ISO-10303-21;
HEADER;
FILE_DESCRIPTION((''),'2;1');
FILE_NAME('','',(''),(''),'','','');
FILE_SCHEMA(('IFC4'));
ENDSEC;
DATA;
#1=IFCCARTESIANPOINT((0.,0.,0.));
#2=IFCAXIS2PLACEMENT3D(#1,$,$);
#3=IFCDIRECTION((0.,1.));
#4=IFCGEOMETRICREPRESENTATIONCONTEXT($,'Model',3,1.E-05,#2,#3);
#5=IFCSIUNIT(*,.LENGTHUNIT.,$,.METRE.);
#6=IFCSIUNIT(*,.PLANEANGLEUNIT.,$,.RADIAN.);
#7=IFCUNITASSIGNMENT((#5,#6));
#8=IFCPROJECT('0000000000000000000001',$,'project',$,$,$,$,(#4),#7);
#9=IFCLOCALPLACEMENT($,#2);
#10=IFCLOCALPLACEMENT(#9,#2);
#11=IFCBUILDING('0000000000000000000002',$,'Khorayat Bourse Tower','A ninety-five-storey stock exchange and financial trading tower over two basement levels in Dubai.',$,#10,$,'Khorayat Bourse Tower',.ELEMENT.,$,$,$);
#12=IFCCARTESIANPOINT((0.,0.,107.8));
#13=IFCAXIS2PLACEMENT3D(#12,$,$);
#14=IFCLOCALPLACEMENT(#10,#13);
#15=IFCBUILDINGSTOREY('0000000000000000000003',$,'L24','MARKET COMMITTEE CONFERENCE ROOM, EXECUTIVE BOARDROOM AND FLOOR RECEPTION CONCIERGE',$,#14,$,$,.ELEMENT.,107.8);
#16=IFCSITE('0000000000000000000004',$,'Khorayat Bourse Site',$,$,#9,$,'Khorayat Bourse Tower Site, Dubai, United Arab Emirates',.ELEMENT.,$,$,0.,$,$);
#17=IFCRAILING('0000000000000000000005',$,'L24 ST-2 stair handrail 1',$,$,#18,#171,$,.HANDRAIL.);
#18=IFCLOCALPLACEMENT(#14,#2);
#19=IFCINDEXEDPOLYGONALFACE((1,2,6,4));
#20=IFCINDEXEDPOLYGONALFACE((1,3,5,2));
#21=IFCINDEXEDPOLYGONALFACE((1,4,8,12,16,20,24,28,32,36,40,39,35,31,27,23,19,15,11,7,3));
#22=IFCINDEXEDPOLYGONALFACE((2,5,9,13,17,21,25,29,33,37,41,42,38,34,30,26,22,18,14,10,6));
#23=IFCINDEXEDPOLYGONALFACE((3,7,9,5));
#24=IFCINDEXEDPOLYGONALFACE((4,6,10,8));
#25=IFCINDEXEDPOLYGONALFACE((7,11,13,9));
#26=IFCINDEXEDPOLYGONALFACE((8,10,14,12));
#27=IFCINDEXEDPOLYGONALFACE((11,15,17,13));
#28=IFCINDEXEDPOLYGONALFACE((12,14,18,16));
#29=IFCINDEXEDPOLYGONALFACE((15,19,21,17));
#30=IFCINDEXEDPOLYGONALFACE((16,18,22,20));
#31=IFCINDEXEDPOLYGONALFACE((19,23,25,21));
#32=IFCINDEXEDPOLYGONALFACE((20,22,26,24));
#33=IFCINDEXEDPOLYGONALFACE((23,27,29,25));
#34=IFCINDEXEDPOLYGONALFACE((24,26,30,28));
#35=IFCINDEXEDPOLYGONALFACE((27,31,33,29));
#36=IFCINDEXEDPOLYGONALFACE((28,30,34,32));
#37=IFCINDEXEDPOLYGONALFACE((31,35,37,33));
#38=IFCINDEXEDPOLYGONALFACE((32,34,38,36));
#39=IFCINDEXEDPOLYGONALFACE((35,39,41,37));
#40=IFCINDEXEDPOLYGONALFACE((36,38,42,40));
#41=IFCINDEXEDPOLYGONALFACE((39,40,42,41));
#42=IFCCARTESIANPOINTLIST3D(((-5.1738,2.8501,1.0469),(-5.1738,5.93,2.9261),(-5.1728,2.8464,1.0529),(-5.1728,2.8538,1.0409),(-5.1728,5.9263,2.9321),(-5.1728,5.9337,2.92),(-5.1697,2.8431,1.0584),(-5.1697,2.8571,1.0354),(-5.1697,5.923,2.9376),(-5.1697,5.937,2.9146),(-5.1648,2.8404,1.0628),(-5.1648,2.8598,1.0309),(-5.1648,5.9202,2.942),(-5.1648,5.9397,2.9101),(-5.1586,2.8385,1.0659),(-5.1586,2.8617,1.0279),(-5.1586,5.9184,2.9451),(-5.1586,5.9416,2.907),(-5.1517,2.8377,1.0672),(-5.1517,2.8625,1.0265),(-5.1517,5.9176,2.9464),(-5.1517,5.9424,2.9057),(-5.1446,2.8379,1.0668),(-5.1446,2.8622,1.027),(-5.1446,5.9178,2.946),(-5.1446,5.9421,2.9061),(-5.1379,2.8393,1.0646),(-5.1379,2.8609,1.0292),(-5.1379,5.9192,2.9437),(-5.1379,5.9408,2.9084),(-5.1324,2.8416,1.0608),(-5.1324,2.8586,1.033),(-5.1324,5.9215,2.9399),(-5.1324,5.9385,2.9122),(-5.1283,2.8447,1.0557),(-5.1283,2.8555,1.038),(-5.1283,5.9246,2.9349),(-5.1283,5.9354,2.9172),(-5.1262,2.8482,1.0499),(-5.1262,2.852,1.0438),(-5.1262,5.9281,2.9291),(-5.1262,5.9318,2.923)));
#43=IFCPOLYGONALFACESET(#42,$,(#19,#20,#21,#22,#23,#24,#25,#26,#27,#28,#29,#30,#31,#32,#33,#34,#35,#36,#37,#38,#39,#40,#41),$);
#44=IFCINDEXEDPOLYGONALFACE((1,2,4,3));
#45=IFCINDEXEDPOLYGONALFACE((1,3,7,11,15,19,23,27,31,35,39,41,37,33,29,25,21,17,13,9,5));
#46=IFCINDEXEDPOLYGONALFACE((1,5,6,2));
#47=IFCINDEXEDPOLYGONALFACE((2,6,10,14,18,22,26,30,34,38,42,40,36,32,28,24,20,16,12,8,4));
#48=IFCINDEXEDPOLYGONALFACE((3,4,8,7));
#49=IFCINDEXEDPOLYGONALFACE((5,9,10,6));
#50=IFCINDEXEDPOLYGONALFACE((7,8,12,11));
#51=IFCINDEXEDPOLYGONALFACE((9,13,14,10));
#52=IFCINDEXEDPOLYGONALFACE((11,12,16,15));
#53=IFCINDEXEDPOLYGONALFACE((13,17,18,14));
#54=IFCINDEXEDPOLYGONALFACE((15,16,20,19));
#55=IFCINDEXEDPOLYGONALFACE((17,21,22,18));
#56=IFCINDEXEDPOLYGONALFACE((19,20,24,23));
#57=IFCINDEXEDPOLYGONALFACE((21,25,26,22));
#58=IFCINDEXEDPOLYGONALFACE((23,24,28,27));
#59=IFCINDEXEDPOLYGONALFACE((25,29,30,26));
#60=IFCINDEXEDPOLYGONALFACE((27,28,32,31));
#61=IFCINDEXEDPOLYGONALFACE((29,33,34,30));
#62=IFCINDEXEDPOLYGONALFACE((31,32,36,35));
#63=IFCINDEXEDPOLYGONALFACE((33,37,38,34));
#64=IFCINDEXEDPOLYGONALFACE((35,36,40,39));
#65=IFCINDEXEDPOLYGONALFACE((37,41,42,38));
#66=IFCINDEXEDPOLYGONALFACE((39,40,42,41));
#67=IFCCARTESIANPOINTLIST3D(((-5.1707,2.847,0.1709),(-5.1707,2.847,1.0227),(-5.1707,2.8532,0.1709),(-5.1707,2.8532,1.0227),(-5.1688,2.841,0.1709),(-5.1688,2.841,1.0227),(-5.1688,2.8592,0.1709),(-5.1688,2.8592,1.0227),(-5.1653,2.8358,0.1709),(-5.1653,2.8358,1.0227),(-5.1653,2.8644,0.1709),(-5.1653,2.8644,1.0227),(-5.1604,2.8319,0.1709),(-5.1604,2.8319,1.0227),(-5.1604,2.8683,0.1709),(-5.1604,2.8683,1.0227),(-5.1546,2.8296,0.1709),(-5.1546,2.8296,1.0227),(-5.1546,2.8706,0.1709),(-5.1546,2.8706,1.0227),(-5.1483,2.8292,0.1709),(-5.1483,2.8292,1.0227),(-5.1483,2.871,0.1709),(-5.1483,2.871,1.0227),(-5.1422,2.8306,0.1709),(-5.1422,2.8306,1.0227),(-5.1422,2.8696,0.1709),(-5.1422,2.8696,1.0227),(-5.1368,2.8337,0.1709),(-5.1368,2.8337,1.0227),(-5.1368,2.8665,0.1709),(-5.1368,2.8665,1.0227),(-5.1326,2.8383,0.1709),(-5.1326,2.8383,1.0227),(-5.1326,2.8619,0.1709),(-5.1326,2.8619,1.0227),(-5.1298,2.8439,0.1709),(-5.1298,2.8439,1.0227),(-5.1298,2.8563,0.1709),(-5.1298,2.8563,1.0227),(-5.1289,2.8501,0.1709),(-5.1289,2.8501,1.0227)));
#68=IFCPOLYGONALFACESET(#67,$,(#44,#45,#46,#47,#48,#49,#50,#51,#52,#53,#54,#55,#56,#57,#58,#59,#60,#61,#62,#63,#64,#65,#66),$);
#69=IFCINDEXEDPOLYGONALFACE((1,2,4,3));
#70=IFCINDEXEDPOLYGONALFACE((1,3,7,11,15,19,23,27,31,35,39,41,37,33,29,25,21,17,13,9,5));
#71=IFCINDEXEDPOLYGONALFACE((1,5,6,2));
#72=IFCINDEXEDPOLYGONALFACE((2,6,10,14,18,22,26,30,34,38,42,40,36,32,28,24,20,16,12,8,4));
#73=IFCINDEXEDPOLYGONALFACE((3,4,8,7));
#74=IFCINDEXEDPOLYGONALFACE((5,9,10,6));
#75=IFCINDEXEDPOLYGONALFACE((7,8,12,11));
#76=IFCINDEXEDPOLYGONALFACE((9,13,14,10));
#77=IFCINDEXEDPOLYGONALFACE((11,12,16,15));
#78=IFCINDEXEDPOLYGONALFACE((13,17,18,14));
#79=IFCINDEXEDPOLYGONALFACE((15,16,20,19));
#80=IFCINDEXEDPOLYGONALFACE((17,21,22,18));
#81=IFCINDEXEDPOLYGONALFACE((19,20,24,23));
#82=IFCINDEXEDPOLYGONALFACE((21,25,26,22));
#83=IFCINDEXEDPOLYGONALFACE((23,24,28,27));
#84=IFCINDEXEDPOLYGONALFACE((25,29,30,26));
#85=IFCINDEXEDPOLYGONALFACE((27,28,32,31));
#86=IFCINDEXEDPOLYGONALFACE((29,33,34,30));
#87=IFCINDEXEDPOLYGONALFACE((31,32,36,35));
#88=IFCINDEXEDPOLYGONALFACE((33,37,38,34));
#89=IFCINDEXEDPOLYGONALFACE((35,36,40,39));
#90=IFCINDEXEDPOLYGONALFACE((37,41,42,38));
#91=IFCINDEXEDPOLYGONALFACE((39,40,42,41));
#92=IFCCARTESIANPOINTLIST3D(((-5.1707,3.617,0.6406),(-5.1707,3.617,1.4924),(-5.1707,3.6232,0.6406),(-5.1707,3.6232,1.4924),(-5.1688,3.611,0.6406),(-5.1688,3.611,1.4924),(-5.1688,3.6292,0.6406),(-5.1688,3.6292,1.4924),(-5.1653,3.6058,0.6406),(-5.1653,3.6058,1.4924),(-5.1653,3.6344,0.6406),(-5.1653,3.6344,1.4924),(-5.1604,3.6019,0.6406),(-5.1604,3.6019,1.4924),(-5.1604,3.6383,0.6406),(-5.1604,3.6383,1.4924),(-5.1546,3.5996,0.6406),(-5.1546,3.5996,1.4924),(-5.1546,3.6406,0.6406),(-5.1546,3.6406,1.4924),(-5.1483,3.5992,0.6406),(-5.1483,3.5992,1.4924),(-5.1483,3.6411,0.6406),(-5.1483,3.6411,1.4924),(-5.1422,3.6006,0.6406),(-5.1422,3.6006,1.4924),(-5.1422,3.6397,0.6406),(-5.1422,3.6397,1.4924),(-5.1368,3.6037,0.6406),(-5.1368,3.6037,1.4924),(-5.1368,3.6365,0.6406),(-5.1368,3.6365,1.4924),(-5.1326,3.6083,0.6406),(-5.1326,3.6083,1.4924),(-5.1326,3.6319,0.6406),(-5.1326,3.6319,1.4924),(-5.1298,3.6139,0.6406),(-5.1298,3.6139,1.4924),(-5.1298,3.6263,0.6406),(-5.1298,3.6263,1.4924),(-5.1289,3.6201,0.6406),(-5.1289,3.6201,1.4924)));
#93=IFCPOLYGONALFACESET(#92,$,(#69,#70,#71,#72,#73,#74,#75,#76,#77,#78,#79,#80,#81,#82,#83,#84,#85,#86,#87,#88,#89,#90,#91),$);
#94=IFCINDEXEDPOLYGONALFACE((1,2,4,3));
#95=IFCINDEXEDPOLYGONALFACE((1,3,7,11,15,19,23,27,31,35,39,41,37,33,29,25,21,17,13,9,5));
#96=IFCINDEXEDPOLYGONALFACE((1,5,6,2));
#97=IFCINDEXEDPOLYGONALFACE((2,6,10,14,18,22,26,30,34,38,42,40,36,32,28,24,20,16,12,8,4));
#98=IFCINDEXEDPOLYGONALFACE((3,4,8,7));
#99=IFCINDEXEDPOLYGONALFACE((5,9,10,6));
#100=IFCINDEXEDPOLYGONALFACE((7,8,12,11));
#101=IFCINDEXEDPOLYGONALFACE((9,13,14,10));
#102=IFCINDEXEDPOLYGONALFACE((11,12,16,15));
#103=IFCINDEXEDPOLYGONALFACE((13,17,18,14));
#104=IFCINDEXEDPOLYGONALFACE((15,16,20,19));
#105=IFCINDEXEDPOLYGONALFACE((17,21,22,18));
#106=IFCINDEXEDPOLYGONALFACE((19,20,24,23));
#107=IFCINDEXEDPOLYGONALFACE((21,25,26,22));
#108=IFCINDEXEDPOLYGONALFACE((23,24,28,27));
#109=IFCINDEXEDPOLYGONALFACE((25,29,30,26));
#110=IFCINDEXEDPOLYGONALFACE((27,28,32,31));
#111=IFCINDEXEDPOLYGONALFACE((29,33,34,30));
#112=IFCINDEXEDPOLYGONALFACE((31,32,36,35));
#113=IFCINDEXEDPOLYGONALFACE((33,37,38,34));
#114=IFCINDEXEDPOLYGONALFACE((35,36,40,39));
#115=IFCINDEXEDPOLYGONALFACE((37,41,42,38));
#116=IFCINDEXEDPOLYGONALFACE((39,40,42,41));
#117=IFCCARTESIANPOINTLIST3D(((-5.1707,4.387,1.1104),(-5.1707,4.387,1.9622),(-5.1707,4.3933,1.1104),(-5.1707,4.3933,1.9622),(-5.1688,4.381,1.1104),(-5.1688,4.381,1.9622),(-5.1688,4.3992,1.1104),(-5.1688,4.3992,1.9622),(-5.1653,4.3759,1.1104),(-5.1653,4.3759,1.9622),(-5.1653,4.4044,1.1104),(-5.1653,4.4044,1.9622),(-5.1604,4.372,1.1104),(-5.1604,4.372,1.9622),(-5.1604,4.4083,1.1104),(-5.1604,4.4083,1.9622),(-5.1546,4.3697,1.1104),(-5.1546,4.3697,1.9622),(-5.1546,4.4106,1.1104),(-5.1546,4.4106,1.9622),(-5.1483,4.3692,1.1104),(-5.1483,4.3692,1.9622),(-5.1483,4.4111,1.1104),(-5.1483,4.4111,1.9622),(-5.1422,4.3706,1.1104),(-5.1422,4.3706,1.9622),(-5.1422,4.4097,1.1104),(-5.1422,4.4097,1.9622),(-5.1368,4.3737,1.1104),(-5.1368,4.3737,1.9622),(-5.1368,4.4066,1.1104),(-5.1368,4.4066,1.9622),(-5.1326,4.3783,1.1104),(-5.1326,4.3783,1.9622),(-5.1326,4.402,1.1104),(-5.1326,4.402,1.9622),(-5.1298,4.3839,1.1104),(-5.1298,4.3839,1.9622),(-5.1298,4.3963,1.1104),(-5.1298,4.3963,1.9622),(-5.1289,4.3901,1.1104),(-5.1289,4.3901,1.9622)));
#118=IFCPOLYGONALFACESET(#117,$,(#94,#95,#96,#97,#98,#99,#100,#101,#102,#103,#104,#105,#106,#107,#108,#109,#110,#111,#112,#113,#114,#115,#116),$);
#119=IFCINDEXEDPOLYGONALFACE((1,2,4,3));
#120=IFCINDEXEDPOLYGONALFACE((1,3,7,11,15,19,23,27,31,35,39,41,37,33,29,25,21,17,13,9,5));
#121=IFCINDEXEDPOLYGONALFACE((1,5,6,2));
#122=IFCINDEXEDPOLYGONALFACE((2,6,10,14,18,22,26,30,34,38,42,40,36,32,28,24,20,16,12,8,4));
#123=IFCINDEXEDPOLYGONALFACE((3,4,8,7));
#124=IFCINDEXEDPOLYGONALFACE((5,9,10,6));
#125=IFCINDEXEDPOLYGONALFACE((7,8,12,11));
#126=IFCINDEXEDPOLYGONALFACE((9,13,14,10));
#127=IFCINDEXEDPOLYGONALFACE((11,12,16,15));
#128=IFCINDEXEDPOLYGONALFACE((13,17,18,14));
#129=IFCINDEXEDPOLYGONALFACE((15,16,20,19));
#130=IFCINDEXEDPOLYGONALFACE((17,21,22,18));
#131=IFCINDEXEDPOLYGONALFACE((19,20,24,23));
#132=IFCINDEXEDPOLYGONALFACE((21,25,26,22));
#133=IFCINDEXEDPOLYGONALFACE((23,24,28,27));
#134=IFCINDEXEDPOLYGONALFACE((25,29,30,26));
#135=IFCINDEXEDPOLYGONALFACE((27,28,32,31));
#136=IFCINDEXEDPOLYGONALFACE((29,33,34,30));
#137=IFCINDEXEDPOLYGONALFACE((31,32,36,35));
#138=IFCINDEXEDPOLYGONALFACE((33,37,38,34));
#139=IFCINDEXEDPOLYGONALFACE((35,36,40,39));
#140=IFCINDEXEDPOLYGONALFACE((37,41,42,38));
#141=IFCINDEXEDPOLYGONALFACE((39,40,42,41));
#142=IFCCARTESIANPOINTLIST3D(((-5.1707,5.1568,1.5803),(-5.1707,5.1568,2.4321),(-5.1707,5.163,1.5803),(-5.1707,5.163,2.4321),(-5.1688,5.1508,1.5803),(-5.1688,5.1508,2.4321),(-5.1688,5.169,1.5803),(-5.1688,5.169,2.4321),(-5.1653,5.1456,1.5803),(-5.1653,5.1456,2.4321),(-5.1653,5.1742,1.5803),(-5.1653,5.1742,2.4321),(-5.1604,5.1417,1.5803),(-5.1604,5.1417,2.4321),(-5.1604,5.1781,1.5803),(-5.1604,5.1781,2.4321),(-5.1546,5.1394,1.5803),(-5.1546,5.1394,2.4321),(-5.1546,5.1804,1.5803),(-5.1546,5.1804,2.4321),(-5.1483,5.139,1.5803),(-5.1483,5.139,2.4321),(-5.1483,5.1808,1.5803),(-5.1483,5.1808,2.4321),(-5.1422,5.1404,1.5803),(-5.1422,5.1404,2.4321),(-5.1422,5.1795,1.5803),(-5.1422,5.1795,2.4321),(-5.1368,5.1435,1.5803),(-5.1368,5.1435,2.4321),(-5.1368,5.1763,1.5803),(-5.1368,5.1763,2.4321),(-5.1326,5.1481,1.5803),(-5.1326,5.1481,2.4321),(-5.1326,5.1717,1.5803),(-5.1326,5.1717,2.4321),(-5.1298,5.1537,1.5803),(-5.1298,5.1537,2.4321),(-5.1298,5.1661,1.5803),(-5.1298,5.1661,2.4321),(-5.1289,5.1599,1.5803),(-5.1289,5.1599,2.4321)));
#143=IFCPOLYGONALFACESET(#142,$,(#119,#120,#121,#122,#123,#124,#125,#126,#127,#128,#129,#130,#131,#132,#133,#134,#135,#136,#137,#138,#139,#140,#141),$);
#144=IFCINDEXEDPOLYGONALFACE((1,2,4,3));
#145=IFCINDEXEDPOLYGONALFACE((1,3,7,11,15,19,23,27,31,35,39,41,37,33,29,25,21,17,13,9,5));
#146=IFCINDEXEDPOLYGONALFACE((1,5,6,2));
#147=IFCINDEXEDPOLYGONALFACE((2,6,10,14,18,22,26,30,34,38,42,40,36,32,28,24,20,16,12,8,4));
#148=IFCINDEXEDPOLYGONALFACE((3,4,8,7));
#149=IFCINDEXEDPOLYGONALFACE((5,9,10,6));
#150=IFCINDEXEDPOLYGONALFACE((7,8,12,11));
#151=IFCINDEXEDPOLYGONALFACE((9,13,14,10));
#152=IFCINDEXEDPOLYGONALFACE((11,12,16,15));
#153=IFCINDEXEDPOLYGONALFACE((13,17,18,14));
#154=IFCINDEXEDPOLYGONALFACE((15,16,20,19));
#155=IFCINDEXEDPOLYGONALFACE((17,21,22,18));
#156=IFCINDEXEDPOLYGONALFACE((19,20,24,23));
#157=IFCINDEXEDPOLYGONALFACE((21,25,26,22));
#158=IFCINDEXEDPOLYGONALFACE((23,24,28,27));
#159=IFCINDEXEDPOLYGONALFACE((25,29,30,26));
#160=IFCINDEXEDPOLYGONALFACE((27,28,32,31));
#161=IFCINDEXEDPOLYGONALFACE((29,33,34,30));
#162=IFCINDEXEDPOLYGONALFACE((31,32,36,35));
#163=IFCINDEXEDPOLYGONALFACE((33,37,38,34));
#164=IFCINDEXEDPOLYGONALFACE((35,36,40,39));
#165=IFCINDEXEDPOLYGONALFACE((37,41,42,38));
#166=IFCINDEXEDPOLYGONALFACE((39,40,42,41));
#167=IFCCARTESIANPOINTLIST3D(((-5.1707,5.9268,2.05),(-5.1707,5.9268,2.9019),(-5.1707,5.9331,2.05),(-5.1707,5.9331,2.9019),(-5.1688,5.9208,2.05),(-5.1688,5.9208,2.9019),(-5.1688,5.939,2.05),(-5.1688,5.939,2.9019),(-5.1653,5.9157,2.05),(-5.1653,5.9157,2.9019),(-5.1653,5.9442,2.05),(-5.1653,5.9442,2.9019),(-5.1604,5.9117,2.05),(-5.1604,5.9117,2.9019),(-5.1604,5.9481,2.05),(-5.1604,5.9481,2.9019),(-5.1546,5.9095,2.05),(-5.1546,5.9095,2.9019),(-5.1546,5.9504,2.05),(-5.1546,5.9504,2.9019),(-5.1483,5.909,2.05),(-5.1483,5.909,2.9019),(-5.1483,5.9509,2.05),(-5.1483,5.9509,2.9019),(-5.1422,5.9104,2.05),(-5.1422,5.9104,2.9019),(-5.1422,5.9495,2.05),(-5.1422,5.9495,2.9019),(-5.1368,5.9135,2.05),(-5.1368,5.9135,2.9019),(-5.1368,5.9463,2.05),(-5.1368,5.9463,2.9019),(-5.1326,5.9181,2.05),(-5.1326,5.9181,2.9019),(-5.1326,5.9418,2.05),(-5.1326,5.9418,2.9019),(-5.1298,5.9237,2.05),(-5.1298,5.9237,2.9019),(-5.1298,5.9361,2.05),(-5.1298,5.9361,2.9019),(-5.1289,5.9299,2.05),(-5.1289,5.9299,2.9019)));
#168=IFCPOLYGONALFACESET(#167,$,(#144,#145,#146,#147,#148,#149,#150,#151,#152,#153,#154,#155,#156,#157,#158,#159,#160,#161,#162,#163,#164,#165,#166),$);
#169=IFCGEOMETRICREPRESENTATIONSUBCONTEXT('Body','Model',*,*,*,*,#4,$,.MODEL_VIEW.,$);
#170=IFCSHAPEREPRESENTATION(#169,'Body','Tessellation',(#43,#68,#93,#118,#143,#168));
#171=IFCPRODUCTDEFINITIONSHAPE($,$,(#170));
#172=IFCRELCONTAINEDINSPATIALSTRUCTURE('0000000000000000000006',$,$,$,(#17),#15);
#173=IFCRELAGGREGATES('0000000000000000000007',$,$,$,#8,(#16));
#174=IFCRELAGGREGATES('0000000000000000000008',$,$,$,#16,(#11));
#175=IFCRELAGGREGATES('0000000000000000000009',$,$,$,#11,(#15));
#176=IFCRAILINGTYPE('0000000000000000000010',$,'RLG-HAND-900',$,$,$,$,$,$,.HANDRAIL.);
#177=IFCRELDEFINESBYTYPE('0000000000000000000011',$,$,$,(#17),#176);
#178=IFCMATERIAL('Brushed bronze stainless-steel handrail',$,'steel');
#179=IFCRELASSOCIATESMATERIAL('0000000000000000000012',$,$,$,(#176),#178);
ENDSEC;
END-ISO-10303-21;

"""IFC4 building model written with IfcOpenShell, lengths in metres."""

from ifc_helpers import new_model, si_unit, direction, frame, origin, origin_2d, place, context, subcontext, project, spatial, circle, extrude, source, transform, mapped, material, type_object, element, save


model = new_model("IFC4")

# Units and contexts
model_context = context("Model", 3, precision=1e-05, world=origin(), true_north=direction((0.0, 1.0)))
body_context = subcontext(model_context, "Body", "Model", "MODEL_VIEW")
ifc_project = project(units=[si_unit("LENGTHUNIT", "METRE"), si_unit("PLANEANGLEUNIT", "RADIAN")], contexts=[model_context])

# Site, building, storey
site_placement = place(None, origin())
site = spatial("IfcSite", under=ifc_project, at=site_placement, Name="Khorayat Bourse Site", LongName="Khorayat Bourse Tower Site, Dubai, United Arab Emirates", CompositionType="ELEMENT", RefElevation=0.0)
building_placement = place(site_placement, origin())
building = spatial("IfcBuilding", under=site, at=building_placement, Name="Khorayat Bourse Tower", Description="A ninety-five-storey stock exchange and financial trading tower over two basement levels in Dubai.", LongName="Khorayat Bourse Tower", CompositionType="ELEMENT")
storey_placement = place(building_placement, frame((0.0, 0.0, 107.8)))
storey = spatial("IfcBuildingStorey", under=building, at=storey_placement, Name="L24", Description="MARKET COMMITTEE CONFERENCE ROOM, EXECUTIVE BOARDROOM AND FLOOR RECEPTION CONCIERGE", CompositionType="ELEMENT", Elevation=107.8)

# Railing
ifc_material_1 = material(Name="Brushed bronze stainless-steel handrail", Category="steel")
railing_type_1 = type_object("IfcRailingType", Name="RLG-HAND-900", PredefinedType="HANDRAIL", material=ifc_material_1)
shared_shape_1 = source(origin(), body_context, "Body", "SweptSolid", [
    extrude(circle(Radius=0.0239, at=origin_2d()), frame((0.0, 0.0, 0.876), z_axis=(0.0, 0.853648, 0.52085), x_axis=(-1.0, 0.0, 0.0)), (0.0, 0.0, 1.0), 3.6079),
    extrude(circle(Radius=0.021, at=origin_2d()), origin(), (0.0, 0.0, 1.0), 0.8518),
    extrude(circle(Radius=0.021, at=origin_2d()), frame((0.0, 0.77, 0.4697)), (0.0, 0.0, 1.0), 0.8518),
    extrude(circle(Radius=0.021, at=origin_2d()), frame((0.0, 1.54, 0.9395)), (0.0, 0.0, 1.0), 0.8518),
    extrude(circle(Radius=0.021, at=origin_2d()), frame((0.0, 2.3098, 1.4094)), (0.0, 0.0, 1.0), 0.8518),
    extrude(circle(Radius=0.021, at=origin_2d()), frame((0.0, 3.0798, 1.8792)), (0.0, 0.0, 1.0), 0.8518),
])
railing_1_placement = place(storey_placement, frame((-5.1499, 2.8501, 0.1709)))
element("IfcRailing", 1, at=railing_1_placement, inside=storey, type_object=railing_type_1, Name="L24 ST-2 stair handrail 1", PredefinedType="HANDRAIL", context=body_context, shape_type="MappedRepresentation", body=[
    mapped(shared_shape_1, transform((0.0, 0.0, 0.0), scale=1.0)),
])

save(model, "model.ifc")
